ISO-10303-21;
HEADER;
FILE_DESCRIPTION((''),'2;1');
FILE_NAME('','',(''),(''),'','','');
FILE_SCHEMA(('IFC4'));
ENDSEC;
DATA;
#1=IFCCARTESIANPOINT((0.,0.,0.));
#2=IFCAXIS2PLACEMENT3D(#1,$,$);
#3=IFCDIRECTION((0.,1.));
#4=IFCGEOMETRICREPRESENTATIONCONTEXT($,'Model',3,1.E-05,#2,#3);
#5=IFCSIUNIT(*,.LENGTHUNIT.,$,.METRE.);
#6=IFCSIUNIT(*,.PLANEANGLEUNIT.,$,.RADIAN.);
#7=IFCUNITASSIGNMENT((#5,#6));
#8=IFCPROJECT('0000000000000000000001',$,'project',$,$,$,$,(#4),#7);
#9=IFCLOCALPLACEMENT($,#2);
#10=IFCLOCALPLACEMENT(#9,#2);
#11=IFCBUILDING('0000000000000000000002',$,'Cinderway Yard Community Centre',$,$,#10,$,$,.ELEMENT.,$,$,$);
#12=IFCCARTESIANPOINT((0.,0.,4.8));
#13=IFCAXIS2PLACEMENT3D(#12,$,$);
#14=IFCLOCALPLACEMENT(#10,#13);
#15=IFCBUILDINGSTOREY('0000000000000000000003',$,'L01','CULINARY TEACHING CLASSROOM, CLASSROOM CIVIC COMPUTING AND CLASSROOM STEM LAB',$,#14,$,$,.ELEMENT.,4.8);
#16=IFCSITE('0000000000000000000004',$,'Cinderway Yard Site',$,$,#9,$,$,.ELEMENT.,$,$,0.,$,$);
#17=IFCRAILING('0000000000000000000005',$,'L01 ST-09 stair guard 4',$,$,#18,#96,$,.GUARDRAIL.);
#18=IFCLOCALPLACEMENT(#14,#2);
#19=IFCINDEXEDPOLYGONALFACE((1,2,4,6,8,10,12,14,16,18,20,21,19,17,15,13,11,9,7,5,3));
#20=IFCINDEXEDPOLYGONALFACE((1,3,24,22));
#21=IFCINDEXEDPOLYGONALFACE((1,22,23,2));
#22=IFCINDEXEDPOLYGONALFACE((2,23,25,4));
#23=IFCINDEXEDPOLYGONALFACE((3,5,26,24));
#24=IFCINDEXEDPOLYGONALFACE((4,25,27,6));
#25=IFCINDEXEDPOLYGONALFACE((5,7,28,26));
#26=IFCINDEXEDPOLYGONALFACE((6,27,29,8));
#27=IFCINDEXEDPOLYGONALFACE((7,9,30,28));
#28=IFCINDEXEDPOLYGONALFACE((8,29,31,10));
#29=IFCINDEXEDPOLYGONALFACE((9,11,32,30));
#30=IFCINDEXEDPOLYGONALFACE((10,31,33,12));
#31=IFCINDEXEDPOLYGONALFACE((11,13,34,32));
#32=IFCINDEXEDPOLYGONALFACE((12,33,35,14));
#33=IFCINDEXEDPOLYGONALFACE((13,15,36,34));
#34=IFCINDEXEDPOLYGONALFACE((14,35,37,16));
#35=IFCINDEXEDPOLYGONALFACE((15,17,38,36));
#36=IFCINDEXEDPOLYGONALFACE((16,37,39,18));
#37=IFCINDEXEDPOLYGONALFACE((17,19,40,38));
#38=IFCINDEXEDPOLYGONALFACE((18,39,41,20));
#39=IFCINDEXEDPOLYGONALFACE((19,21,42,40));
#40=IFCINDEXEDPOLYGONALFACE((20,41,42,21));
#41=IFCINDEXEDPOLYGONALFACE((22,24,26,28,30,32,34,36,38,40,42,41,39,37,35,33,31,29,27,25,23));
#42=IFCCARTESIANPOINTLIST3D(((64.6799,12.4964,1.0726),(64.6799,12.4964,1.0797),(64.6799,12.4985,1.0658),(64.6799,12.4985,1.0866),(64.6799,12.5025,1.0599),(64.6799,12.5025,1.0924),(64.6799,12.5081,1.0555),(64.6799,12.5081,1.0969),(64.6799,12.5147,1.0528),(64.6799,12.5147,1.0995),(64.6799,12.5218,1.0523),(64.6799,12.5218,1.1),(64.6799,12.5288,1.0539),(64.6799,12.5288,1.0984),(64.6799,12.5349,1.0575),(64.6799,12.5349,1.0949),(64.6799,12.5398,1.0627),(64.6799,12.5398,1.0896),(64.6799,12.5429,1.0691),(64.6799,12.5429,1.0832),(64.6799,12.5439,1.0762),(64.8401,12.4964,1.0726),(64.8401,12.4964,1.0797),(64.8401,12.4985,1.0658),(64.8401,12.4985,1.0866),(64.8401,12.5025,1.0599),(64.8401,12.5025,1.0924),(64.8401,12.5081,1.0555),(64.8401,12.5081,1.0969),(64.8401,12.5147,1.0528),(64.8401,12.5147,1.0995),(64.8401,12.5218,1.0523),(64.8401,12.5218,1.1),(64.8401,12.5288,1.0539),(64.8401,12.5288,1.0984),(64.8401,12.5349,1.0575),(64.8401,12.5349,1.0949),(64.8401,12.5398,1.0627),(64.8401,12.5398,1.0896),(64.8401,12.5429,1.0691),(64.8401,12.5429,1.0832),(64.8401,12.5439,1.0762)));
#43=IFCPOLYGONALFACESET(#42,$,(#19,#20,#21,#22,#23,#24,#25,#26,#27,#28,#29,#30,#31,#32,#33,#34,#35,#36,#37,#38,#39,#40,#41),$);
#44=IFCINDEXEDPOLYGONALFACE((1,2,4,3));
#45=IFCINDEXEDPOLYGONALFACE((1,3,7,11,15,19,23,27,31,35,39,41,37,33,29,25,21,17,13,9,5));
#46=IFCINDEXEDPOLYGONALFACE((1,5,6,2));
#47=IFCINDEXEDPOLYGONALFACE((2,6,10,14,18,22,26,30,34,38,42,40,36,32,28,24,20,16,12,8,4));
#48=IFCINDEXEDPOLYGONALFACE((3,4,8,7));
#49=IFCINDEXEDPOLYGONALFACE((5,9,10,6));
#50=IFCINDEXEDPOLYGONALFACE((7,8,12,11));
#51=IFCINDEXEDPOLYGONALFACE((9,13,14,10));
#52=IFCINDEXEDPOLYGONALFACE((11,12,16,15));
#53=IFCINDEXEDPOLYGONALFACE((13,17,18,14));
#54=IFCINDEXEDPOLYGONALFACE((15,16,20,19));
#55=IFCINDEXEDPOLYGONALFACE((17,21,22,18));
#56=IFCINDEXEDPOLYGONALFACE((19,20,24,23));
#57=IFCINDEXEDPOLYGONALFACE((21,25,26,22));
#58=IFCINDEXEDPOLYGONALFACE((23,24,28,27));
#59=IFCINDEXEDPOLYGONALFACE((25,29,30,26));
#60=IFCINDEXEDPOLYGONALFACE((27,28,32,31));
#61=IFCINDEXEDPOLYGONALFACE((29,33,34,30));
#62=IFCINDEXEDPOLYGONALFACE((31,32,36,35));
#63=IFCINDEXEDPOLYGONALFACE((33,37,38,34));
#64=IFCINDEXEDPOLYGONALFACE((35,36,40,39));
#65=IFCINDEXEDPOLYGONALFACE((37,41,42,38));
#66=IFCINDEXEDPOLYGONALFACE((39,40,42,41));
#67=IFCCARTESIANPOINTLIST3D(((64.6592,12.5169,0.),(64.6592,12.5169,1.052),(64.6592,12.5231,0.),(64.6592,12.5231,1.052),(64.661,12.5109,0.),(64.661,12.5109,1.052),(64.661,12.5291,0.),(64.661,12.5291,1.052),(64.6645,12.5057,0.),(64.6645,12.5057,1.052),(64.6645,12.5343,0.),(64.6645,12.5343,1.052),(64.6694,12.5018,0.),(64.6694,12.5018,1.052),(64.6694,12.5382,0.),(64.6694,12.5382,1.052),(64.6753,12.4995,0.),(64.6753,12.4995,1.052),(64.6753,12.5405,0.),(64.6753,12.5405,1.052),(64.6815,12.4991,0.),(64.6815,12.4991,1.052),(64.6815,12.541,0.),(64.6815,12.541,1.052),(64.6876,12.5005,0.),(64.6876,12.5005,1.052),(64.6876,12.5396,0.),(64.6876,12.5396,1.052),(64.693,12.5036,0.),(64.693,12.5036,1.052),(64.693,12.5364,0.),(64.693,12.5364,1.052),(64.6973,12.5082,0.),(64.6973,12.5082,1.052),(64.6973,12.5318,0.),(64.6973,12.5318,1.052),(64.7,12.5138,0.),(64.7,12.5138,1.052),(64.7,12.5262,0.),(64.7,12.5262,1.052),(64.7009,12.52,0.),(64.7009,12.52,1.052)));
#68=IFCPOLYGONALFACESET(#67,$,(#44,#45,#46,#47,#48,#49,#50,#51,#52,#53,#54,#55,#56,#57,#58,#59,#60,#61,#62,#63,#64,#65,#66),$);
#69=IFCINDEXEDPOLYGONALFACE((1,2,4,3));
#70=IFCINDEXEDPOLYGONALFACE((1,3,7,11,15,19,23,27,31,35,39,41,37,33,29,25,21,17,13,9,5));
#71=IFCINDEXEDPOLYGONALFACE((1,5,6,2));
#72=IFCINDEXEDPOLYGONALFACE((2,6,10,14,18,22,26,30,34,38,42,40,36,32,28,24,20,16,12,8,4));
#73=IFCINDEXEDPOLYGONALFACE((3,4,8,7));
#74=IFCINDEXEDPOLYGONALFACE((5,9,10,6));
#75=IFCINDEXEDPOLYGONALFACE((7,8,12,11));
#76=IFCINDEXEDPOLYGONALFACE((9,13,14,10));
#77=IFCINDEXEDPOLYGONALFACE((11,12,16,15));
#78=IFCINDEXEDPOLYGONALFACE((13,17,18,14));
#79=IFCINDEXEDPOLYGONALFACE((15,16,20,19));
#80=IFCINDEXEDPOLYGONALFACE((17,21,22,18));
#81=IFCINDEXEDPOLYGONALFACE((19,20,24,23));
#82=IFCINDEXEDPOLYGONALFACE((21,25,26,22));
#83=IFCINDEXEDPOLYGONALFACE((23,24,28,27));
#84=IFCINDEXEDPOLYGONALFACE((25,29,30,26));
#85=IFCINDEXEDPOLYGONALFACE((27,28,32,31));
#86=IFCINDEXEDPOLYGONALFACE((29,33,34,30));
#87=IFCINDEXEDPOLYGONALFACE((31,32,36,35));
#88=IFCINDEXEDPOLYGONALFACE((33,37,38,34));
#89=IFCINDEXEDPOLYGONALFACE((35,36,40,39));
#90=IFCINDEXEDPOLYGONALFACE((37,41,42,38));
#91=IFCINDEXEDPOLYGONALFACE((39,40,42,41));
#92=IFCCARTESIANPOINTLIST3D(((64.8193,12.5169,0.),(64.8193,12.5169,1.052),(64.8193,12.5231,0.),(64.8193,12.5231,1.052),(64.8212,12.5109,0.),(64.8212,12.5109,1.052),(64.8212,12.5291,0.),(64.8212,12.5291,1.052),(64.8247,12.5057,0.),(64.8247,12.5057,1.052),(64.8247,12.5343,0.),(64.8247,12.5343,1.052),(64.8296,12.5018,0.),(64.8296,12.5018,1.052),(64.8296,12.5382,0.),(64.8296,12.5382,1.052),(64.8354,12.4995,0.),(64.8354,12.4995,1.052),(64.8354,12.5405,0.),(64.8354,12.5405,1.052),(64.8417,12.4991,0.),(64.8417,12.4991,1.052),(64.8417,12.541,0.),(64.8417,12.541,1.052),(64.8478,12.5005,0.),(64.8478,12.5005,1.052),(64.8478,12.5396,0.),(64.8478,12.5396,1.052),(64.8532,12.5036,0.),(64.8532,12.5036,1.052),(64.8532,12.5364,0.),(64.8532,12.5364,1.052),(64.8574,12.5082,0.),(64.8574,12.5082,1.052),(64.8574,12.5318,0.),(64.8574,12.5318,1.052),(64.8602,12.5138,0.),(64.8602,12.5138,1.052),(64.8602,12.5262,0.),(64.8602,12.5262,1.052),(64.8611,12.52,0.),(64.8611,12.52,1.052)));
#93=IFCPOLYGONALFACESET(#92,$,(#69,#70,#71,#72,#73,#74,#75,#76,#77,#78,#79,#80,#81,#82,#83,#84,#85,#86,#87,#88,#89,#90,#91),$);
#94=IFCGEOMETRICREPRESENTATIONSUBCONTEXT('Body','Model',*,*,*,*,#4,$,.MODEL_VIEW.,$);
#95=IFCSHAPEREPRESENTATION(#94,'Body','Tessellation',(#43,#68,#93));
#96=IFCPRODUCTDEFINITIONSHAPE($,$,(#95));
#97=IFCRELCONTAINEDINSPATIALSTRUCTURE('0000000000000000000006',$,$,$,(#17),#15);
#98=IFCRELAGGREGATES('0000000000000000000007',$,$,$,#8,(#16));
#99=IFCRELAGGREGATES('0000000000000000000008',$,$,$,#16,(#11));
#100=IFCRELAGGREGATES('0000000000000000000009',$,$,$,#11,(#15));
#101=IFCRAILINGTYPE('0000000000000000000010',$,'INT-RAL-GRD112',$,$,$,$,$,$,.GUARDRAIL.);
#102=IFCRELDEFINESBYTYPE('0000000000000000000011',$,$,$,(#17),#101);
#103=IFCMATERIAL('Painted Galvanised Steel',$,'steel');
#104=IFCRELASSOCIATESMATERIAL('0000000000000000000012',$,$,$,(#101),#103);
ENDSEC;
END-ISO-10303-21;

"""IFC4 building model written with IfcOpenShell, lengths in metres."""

from ifc_helpers import new_model, si_unit, direction, frame, origin, origin_2d, place, context, subcontext, project, spatial, circle, extrude, material, type_object, element, save


model = new_model("IFC4")

# Units and contexts
model_context = context("Model", 3, precision=1e-05, world=origin(), true_north=direction((0.0, 1.0)))
body_context = subcontext(model_context, "Body", "Model", "MODEL_VIEW")
ifc_project = project(units=[si_unit("LENGTHUNIT", "METRE"), si_unit("PLANEANGLEUNIT", "RADIAN")], contexts=[model_context])

# Site, building, storey
site_placement = place(None, origin())
site = spatial("IfcSite", under=ifc_project, at=site_placement, Name="Cinderway Yard Site", CompositionType="ELEMENT", RefElevation=0.0)
building_placement = place(site_placement, origin())
building = spatial("IfcBuilding", under=site, at=building_placement, Name="Cinderway Yard Community Centre", CompositionType="ELEMENT")
storey_placement = place(building_placement, frame((0.0, 0.0, 4.8)))
storey = spatial("IfcBuildingStorey", under=building, at=storey_placement, Name="L01", Description="CULINARY TEACHING CLASSROOM, CLASSROOM CIVIC COMPUTING AND CLASSROOM STEM LAB", CompositionType="ELEMENT", Elevation=4.8)

# Shared definitions
ifc_material_1 = material(Name="Painted Galvanised Steel", Category="steel")

# Railing
railing_type_1 = type_object("IfcRailingType", Name="INT-RAL-GRD112", PredefinedType="GUARDRAIL", material=ifc_material_1)
railing_1_placement = place(storey_placement, frame((64.6799, 12.52, 0.0)))
element("IfcRailing", 1, at=railing_1_placement, inside=storey, type_object=railing_type_1, Name="L01 ST-09 stair guard 4", PredefinedType="GUARDRAIL", context=body_context, shape_type="SweptSolid", body=[
    extrude(circle(Radius=0.0239, at=origin_2d()), frame((0.0, 0.0, 1.0762), z_axis=(1.0, 0.0, 0.0), x_axis=(0.0, 1.0, 0.0)), (0.0, 0.0, 1.0), 0.1602),
    extrude(circle(Radius=0.021, at=origin_2d()), origin(), (0.0, 0.0, 1.0), 1.052),
    extrude(circle(Radius=0.021, at=origin_2d()), frame((0.1602, 0.0, 0.0)), (0.0, 0.0, 1.0), 1.052),
])

save(model, "model.ifc")
